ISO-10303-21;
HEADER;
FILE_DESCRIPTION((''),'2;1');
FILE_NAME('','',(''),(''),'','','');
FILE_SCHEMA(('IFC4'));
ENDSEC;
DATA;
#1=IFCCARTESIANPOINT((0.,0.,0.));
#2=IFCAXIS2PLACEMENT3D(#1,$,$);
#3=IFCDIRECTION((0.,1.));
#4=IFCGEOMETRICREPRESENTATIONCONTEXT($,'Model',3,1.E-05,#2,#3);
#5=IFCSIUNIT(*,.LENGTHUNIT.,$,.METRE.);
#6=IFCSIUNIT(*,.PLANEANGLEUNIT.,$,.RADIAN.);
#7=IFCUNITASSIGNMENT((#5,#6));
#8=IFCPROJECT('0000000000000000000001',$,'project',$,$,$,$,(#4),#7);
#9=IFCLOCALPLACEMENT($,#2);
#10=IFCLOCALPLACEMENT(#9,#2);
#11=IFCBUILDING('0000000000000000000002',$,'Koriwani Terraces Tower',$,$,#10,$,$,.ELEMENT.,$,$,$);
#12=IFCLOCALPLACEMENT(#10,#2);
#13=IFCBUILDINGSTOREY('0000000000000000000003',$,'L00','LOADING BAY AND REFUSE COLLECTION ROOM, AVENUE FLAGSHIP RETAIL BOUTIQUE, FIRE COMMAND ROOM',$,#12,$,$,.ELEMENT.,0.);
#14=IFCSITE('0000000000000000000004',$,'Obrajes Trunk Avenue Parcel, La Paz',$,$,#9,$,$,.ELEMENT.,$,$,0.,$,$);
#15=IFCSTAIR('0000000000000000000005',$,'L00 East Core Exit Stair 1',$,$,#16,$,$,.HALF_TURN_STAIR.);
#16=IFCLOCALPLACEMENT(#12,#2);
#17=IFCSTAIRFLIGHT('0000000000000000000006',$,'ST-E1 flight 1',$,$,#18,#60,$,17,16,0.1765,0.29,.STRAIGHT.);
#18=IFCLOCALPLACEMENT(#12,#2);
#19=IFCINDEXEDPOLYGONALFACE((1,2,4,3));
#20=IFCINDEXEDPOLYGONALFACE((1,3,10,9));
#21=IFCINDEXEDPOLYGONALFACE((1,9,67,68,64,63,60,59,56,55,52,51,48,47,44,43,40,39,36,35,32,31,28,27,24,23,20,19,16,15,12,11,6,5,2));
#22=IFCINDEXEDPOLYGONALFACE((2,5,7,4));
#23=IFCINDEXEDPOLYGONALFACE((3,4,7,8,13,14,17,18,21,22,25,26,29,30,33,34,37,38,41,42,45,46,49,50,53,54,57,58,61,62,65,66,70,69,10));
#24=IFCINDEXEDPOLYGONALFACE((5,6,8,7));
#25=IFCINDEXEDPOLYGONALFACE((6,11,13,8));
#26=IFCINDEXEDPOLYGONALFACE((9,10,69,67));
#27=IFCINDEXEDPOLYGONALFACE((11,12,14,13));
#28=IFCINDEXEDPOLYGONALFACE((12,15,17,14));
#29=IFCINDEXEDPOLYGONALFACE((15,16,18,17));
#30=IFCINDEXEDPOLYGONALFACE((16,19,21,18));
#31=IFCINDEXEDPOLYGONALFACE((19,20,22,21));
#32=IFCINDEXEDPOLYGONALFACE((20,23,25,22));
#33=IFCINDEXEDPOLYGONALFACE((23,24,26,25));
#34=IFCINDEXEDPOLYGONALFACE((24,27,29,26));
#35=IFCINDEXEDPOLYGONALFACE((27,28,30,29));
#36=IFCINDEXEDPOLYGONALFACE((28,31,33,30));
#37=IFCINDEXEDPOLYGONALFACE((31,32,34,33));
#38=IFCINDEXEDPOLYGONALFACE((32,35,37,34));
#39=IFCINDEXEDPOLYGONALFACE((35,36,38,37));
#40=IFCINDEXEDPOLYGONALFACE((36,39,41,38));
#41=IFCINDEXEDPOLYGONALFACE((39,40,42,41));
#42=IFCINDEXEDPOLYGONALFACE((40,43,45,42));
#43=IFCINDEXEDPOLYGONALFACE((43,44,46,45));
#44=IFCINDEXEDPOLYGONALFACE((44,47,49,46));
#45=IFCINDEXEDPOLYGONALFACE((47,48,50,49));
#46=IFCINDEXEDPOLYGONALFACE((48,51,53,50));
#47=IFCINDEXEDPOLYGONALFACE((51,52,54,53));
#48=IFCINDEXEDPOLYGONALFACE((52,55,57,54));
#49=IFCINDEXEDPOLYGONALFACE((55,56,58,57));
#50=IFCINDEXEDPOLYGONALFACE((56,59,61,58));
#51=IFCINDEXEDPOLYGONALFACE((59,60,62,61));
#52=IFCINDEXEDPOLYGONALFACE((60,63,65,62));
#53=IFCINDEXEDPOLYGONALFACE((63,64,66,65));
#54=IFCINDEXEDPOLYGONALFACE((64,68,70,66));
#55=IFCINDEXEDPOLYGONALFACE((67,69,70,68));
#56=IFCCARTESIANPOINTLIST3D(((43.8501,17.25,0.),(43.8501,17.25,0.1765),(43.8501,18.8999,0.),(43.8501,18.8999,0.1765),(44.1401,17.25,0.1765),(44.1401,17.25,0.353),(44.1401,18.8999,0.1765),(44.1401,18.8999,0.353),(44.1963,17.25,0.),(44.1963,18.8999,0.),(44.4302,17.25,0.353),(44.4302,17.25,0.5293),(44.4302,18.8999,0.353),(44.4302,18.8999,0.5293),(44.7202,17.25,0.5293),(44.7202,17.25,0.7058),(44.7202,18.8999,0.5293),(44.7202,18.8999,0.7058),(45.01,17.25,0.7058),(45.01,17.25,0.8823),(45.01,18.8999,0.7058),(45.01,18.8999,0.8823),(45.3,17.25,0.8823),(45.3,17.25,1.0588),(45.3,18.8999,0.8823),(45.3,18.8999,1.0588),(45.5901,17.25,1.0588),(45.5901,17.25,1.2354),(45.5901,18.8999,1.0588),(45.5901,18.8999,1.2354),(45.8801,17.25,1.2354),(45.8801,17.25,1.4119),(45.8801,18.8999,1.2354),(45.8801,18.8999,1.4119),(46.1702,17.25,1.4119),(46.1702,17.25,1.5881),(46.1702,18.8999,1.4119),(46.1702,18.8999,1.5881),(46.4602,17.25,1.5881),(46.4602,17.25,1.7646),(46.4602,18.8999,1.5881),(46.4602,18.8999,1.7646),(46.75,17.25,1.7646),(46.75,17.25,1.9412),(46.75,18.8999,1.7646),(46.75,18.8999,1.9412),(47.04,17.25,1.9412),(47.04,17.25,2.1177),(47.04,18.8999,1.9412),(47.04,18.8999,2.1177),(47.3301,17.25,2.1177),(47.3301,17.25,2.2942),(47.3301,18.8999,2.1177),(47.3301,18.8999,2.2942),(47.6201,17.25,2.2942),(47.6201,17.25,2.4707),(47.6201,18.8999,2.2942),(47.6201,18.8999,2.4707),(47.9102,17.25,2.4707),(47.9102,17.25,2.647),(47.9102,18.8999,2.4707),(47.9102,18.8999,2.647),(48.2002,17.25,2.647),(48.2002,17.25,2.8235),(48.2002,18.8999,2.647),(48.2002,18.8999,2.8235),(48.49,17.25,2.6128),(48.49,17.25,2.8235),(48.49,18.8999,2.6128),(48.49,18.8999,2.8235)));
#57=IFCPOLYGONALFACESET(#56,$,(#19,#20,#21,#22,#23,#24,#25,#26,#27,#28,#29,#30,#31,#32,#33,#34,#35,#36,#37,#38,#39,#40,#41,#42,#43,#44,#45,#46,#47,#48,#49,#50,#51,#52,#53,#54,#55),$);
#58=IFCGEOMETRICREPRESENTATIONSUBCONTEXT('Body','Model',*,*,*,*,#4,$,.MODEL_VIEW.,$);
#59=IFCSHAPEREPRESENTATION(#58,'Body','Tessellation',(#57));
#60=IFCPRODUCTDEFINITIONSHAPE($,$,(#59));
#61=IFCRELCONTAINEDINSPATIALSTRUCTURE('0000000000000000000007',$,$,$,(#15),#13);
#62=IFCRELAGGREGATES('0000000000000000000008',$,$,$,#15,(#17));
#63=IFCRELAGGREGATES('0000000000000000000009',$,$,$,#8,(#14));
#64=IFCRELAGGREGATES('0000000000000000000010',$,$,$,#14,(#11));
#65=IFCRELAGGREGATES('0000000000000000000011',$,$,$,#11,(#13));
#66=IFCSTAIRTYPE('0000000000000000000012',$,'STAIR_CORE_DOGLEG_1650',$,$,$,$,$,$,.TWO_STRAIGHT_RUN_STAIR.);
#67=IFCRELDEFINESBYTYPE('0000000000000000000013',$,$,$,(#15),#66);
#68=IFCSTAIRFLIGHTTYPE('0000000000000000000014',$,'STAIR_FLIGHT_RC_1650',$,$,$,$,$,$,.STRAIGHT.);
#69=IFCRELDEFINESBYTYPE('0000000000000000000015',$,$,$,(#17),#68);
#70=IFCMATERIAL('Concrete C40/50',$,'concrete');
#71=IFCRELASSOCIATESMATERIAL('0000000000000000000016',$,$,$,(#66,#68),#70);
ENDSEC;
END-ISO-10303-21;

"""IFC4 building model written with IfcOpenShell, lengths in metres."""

from ifc_helpers import new_model, si_unit, direction, frame, origin, place, context, subcontext, project, spatial, polyline, outline, extrude, material, type_object, element, aggregate, save


model = new_model("IFC4")

# Units and contexts
model_context = context("Model", 3, precision=1e-05, world=origin(), true_north=direction((0.0, 1.0)))
body_context = subcontext(model_context, "Body", "Model", "MODEL_VIEW")
ifc_project = project(units=[si_unit("LENGTHUNIT", "METRE"), si_unit("PLANEANGLEUNIT", "RADIAN")], contexts=[model_context])

# Site, building, storey
site_placement = place(None, origin())
site = spatial("IfcSite", under=ifc_project, at=site_placement, Name="Obrajes Trunk Avenue Parcel, La Paz", CompositionType="ELEMENT", RefElevation=0.0)
building_placement = place(site_placement, origin())
building = spatial("IfcBuilding", under=site, at=building_placement, Name="Koriwani Terraces Tower", CompositionType="ELEMENT")
storey_placement = place(building_placement, origin())
storey = spatial("IfcBuildingStorey", under=building, at=storey_placement, Name="L00", Description="LOADING BAY AND REFUSE COLLECTION ROOM, AVENUE FLAGSHIP RETAIL BOUTIQUE, FIRE COMMAND ROOM", CompositionType="ELEMENT", Elevation=0.0)

# Shared definitions
ifc_material_1 = material(Name="Concrete C40/50", Category="concrete")

# Stair, stair flight
stair_type = type_object("IfcStairType", Name="STAIR_CORE_DOGLEG_1650", PredefinedType="TWO_STRAIGHT_RUN_STAIR", material=ifc_material_1)
stair_placement = place(storey_placement, origin())
stair = element("IfcStair", 1, at=stair_placement, inside=storey, type_object=stair_type, Name="L00 East Core Exit Stair 1", PredefinedType="HALF_TURN_STAIR")
stair_flight_type = type_object("IfcStairFlightType", Name="STAIR_FLIGHT_RC_1650", PredefinedType="STRAIGHT", material=ifc_material_1)
stair_flight_placement = place(storey_placement, frame((43.8501, 18.075, 0.0), z_axis=(0.0, 0.0, 1.0), x_axis=(1.0, 0.0, 0.0)))
stair_flight = element("IfcStairFlight", 2, at=stair_flight_placement, type_object=stair_flight_type, Name="ST-E1 flight 1", NumberOfRisers=17, NumberOfTreads=16, PredefinedType="STRAIGHT", RiserHeight=0.1765, TreadLength=0.29, context=body_context, shape_type="SweptSolid", body=[
    extrude(outline(polyline([(0.0, 0.0), (0.0, 0.1765), (0.29, 0.1765), (0.29, 0.353), (0.5801, 0.353), (0.5801, 0.5293), (0.8701, 0.5293), (0.8701, 0.7058), (1.1599, 0.7058), (1.1599, 0.8823), (1.45, 0.8823), (1.45, 1.0588), (1.74, 1.0588), (1.74, 1.2354), (2.03, 1.2354), (2.03, 1.4119), (2.3201, 1.4119), (2.3201, 1.5881), (2.6101, 1.5881), (2.6101, 1.7646), (2.8999, 1.7646), (2.8999, 1.9412), (3.1899, 1.9412), (3.1899, 2.1177), (3.48, 2.1177), (3.48, 2.2942), (3.77, 2.2942), (3.77, 2.4707), (4.0601, 2.4707), (4.0601, 2.647), (4.3501, 2.647), (4.3501, 2.8235), (4.6399, 2.8235), (4.6399, 3.0), (4.6399, 2.6128), (0.3462, 0.0), (0.0, 0.0)])), frame((0.0, 0.825, 0.0), z_axis=(0.0, -1.0, 0.0), x_axis=(1.0, 0.0, 0.0)), (0.0, 0.0, 1.0), 1.6499),
])
aggregate(stair, [stair_flight])

save(model, "model.ifc")
